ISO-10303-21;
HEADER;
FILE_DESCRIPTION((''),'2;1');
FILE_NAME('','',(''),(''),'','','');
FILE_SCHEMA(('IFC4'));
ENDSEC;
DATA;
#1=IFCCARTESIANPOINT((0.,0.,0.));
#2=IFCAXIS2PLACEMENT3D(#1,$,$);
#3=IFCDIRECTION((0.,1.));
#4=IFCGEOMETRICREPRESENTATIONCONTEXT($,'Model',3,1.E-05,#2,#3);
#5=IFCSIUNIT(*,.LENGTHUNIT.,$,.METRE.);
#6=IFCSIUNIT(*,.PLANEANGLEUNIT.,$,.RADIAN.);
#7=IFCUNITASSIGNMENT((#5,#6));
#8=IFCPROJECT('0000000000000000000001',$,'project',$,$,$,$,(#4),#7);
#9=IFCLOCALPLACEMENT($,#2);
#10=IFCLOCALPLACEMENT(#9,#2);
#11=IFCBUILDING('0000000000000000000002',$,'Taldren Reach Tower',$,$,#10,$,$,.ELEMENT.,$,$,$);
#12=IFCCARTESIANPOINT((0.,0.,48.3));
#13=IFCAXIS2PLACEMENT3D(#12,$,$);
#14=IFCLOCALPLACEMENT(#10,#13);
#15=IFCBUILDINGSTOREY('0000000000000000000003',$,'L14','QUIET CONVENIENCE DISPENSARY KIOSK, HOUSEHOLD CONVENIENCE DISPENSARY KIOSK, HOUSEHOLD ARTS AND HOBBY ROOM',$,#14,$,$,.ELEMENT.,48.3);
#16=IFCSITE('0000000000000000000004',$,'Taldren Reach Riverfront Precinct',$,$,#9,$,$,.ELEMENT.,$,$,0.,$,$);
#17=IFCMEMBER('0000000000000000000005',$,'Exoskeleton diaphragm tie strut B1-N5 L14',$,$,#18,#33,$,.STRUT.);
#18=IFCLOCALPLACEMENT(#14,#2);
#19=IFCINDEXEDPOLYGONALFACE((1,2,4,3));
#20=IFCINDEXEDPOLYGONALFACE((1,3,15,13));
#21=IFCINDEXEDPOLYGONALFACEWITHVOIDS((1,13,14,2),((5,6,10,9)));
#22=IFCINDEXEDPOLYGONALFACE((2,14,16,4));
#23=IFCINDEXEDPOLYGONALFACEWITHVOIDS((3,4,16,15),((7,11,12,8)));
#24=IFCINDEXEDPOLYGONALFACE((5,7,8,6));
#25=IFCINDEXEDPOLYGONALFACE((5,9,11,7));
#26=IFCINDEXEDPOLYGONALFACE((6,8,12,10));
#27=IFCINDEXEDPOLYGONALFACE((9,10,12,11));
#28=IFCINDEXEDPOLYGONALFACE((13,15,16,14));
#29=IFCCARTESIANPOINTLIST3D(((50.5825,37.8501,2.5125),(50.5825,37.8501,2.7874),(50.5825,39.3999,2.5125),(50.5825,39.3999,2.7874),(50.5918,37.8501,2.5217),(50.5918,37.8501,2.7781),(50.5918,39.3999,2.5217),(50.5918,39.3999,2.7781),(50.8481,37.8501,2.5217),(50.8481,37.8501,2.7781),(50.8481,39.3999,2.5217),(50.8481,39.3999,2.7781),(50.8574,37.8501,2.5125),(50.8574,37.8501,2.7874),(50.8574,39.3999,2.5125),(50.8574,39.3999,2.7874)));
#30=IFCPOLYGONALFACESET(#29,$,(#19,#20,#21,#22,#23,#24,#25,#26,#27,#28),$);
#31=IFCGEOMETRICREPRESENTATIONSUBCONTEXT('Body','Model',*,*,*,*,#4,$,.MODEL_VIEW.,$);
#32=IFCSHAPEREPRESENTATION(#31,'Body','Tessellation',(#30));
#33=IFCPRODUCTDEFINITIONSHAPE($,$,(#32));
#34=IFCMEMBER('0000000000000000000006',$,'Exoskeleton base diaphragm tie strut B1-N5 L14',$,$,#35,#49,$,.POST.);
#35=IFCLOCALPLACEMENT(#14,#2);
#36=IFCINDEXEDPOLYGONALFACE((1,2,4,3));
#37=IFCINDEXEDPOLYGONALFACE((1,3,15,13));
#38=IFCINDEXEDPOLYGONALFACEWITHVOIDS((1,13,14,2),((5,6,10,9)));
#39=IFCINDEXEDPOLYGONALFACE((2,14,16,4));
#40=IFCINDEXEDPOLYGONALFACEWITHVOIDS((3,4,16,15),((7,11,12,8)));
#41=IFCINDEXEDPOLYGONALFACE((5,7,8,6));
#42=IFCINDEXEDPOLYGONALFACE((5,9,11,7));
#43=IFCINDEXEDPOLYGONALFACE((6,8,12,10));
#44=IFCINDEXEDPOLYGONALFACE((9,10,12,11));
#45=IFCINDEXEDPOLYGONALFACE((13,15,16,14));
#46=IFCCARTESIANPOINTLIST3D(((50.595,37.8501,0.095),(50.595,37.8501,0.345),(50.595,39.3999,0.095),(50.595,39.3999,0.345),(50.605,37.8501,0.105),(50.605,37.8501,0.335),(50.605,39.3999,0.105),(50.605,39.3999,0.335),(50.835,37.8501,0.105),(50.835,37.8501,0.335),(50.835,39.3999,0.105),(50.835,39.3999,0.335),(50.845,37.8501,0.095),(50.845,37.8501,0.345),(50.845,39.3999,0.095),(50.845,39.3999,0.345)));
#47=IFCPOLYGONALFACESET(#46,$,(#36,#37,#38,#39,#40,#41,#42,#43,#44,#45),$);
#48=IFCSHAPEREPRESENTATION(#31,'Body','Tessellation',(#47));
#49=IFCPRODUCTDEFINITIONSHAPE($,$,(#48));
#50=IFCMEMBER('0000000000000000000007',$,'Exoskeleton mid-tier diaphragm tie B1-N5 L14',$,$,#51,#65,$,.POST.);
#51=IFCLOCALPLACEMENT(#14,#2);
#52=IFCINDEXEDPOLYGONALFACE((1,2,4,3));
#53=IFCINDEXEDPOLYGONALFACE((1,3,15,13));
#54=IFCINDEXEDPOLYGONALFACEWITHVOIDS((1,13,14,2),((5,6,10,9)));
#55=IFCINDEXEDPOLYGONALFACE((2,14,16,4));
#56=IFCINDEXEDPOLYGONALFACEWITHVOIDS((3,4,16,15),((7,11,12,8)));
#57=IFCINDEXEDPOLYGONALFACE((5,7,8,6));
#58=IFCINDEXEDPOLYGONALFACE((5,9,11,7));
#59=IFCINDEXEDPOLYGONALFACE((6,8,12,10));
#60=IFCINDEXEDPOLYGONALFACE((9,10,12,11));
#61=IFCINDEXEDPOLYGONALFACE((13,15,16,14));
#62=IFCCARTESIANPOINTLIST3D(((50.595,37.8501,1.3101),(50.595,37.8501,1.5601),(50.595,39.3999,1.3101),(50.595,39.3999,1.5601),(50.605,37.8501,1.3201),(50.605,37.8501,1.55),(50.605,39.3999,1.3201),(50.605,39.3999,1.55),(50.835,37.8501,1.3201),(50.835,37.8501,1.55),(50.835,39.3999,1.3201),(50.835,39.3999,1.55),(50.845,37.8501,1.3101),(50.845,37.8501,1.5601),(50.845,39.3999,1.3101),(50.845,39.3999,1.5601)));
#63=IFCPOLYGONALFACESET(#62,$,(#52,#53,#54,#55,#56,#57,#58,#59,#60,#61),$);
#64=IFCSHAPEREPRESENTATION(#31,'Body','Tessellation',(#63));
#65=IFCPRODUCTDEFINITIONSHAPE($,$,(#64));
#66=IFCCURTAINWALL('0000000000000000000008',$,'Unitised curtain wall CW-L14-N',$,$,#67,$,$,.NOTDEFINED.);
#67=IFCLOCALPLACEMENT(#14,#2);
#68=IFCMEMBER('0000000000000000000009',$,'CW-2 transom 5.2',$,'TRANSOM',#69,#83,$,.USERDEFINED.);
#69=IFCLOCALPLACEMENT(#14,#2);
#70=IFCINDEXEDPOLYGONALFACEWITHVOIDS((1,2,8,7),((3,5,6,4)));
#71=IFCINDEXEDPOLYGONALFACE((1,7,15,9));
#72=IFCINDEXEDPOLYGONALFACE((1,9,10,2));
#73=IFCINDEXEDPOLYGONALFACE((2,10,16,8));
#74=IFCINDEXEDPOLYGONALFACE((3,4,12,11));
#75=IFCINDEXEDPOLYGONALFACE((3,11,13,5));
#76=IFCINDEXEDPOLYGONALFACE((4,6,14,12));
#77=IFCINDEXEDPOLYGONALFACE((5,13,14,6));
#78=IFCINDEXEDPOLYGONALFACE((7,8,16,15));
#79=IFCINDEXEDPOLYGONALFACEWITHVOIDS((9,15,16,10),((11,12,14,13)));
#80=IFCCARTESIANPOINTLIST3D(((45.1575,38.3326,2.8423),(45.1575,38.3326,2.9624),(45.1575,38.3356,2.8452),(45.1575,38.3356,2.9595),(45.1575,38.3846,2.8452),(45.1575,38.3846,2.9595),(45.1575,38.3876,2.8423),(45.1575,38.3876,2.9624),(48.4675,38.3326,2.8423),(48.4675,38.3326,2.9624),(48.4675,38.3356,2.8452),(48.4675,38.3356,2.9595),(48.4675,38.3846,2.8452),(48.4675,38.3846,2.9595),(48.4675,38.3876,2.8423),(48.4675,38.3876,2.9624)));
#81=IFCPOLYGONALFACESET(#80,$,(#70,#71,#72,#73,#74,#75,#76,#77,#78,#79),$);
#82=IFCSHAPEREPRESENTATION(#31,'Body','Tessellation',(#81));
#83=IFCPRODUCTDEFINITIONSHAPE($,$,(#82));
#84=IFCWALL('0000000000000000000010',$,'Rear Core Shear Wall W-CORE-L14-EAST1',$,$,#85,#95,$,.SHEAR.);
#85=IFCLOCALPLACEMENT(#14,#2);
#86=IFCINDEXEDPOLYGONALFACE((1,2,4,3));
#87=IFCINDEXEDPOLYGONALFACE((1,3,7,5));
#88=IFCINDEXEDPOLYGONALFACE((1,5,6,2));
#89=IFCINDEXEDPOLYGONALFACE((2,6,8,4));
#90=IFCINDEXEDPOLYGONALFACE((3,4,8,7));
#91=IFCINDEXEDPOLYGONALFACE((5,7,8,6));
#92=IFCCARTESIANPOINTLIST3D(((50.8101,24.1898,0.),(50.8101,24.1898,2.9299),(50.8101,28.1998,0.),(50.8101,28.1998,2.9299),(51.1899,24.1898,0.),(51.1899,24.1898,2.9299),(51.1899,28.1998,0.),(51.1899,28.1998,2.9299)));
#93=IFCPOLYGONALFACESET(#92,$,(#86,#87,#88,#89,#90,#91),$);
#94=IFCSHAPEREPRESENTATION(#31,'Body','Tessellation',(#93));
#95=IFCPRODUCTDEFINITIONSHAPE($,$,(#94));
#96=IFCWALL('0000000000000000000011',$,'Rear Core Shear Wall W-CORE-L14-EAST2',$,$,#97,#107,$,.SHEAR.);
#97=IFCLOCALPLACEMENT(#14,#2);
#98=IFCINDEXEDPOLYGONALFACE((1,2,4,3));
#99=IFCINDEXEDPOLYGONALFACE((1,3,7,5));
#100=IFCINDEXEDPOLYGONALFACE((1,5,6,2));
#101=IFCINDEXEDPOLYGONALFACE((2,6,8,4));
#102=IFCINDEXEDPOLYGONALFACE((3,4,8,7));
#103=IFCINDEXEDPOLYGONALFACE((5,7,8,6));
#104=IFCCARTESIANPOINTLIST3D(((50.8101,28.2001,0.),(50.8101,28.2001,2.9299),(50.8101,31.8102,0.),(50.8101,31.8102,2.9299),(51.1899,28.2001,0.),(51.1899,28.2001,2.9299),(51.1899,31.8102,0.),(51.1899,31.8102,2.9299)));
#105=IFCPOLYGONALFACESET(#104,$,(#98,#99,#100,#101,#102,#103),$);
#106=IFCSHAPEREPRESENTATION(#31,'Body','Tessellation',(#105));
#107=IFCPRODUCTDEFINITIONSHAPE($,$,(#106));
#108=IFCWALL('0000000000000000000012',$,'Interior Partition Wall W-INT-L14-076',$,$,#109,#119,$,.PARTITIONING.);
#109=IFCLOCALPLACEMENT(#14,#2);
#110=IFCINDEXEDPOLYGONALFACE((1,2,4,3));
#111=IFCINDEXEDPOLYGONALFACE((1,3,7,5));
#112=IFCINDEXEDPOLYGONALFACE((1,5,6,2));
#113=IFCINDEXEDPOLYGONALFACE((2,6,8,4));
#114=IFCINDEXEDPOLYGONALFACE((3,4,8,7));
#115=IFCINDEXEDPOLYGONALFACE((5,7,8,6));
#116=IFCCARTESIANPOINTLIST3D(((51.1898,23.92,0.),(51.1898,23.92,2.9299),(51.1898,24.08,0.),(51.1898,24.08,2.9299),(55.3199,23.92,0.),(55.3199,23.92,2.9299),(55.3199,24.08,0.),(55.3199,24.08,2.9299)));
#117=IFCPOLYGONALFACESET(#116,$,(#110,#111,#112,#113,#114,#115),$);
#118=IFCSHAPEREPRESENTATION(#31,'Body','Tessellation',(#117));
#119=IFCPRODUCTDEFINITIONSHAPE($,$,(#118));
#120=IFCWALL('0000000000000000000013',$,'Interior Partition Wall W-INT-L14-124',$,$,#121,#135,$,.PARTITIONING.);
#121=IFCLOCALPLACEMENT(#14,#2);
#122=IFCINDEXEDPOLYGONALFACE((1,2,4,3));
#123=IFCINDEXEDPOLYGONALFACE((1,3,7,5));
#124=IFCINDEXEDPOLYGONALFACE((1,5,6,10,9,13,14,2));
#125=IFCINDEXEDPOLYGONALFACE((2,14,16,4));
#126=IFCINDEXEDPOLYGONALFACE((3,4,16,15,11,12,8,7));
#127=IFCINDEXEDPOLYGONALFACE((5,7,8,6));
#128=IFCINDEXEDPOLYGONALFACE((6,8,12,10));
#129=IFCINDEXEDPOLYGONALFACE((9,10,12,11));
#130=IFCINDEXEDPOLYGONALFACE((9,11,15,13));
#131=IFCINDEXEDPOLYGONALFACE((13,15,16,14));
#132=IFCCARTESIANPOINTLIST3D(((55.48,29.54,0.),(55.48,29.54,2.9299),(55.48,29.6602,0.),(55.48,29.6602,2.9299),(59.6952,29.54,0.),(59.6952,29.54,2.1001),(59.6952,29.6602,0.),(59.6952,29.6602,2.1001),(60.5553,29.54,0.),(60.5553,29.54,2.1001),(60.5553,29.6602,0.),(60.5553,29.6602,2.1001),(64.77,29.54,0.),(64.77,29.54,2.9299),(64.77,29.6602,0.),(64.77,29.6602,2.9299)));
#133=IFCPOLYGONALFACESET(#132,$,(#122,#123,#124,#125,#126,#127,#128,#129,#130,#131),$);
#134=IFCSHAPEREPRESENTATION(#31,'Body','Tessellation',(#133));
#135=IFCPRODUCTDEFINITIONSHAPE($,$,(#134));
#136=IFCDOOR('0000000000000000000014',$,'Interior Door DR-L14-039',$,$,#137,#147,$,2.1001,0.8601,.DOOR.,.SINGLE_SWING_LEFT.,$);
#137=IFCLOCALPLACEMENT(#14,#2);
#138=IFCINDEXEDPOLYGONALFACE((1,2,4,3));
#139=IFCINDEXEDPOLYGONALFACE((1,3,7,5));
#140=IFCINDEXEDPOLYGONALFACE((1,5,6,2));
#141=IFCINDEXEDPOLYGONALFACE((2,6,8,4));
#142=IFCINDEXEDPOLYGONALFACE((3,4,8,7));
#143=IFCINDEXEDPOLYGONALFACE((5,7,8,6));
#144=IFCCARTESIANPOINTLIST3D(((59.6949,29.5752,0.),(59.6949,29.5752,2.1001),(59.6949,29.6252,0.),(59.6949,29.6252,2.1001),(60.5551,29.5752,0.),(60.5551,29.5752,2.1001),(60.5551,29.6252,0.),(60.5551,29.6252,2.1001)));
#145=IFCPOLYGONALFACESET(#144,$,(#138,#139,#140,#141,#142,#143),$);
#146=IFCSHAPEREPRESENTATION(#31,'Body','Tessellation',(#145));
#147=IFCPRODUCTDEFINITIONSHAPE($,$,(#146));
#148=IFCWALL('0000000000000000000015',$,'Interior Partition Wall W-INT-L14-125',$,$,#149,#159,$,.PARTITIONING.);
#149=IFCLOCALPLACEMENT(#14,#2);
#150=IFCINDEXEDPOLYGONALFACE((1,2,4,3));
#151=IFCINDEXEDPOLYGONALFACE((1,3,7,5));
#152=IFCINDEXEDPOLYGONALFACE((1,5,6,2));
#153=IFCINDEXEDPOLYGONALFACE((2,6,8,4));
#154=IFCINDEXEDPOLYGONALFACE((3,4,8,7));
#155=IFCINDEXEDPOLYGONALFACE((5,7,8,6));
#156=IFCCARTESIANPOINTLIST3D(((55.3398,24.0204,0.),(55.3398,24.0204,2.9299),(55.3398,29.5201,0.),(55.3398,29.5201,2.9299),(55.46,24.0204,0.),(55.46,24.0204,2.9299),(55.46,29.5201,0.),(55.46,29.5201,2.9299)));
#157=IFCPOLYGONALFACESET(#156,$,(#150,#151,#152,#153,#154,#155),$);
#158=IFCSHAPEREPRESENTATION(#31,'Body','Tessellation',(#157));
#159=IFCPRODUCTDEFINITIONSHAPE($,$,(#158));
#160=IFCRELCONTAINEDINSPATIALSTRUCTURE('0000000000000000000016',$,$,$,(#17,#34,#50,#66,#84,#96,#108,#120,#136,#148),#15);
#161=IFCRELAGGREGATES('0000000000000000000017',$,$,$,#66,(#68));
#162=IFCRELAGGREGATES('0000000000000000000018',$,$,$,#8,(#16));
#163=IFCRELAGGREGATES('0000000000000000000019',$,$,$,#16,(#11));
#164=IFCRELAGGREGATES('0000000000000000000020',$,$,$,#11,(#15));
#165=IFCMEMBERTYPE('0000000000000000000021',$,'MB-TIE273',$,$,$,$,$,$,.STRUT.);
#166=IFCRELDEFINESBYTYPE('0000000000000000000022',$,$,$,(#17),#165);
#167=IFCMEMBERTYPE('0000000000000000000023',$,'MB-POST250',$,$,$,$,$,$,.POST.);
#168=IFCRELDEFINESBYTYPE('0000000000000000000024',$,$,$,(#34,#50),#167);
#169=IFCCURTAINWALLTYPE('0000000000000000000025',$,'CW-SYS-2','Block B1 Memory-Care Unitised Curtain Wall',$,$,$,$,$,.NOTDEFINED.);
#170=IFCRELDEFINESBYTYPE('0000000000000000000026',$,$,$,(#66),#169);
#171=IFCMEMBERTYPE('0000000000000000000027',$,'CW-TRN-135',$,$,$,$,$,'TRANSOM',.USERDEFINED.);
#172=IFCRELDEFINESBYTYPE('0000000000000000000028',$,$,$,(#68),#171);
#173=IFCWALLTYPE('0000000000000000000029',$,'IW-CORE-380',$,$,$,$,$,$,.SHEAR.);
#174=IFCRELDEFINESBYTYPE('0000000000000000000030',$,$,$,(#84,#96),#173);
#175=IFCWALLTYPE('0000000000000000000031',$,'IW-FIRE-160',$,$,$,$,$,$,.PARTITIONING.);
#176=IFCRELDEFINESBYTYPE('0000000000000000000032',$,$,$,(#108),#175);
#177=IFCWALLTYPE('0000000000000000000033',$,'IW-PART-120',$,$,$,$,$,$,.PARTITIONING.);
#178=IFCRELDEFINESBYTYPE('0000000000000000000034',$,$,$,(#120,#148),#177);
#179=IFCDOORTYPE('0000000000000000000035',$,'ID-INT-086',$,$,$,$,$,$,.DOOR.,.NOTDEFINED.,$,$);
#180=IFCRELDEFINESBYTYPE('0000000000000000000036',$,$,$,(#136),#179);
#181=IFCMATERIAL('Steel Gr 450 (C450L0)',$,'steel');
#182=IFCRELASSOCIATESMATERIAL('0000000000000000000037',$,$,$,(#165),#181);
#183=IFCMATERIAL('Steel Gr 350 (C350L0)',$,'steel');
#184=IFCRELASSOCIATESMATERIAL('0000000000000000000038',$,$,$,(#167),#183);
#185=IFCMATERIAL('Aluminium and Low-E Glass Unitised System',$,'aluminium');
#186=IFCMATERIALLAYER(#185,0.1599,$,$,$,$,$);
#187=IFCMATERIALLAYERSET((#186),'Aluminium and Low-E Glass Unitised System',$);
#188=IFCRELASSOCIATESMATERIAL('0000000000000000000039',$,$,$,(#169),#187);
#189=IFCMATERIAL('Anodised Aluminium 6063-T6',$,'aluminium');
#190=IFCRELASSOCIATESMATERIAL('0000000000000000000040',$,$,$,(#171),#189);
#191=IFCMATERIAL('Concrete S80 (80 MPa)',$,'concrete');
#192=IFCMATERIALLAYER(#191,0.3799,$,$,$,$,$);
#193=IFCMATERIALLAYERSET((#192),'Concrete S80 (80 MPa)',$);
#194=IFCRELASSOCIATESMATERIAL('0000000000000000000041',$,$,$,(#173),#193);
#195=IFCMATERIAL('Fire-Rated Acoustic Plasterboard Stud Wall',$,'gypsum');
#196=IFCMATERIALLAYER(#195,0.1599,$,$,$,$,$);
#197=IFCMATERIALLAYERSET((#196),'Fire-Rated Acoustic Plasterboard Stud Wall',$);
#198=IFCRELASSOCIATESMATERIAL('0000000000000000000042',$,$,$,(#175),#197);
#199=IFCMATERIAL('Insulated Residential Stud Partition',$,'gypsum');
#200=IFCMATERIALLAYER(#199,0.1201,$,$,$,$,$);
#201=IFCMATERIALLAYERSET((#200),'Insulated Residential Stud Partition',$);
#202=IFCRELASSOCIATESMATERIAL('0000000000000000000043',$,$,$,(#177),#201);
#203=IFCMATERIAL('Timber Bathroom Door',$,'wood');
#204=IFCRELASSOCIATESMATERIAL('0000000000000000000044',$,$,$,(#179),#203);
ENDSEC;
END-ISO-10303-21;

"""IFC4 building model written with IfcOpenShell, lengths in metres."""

from ifc_helpers import new_model, si_unit, direction, frame, frame_2d, origin, origin_2d, place, context, subcontext, project, spatial, rectangle, hollow_rectangle, extrude, source, transform, mapped, material, layer, layer_set, material_profile, profile_set, type_object, element, fill, aggregate, save


model = new_model("IFC4")

# Units and contexts
model_context = context("Model", 3, precision=1e-05, world=origin(), true_north=direction((0.0, 1.0)))
body_context = subcontext(model_context, "Body", "Model", "MODEL_VIEW")
ifc_project = project(units=[si_unit("LENGTHUNIT", "METRE"), si_unit("PLANEANGLEUNIT", "RADIAN")], contexts=[model_context])

# Site, building, storey
site_placement = place(None, origin())
site = spatial("IfcSite", under=ifc_project, at=site_placement, Name="Taldren Reach Riverfront Precinct", CompositionType="ELEMENT", RefElevation=0.0)
building_placement = place(site_placement, origin())
building = spatial("IfcBuilding", under=site, at=building_placement, Name="Taldren Reach Tower", CompositionType="ELEMENT")
storey_placement = place(building_placement, frame((0.0, 0.0, 48.3)))
storey = spatial("IfcBuildingStorey", under=building, at=storey_placement, Name="L14", Description="QUIET CONVENIENCE DISPENSARY KIOSK, HOUSEHOLD CONVENIENCE DISPENSARY KIOSK, HOUSEHOLD ARTS AND HOBBY ROOM", CompositionType="ELEMENT", Elevation=48.3)

# Members
ifc_material_1 = material(Name="Steel Gr 450 (C450L0)", Category="steel")
ifc_material_profile_1 = material_profile(ifc_material_1, hollow_rectangle(XDim=0.2749, YDim=0.2749, WallThickness=0.0093, at=origin_2d()), Name="275x275x9.3SHS")
ifc_profile_set_1 = profile_set([ifc_material_profile_1], Name="Steel Gr 450 (C450L0)")
member_type_1 = type_object("IfcMemberType", Name="MB-TIE273", PredefinedType="STRUT", material=ifc_profile_set_1)
shared_shape_1 = source(origin(), body_context, "Body", "SweptSolid", [
    extrude(hollow_rectangle(XDim=0.2749, YDim=0.2749, WallThickness=0.0093, at=origin_2d()), origin(), (0.0, 0.0, 1.0), 1.5498),
])
member_1_placement = place(storey_placement, frame((50.72, 37.8501, 2.6499), z_axis=(0.0, 1.0, 0.0), x_axis=(-1.0, 0.0, 0.0)))
element("IfcMember", 1, at=member_1_placement, inside=storey, type_object=member_type_1, Name="Exoskeleton diaphragm tie strut B1-N5 L14", PredefinedType="STRUT", context=body_context, shape_type="MappedRepresentation", body=[
    mapped(shared_shape_1, transform((0.0, 0.0, 0.0), scale=1.0)),
])
ifc_material_2 = material(Name="Steel Gr 350 (C350L0)", Category="steel")
ifc_material_profile_2 = material_profile(ifc_material_2, hollow_rectangle(XDim=0.25, YDim=0.25, WallThickness=0.01, at=origin_2d()), Name="250x250x10.0SHS")
ifc_profile_set_2 = profile_set([ifc_material_profile_2], Name="Steel Gr 350 (C350L0)")
member_type_2 = type_object("IfcMemberType", Name="MB-POST250", PredefinedType="POST", material=ifc_profile_set_2)
shared_shape_2 = source(origin(), body_context, "Body", "SweptSolid", [
    extrude(hollow_rectangle(XDim=0.25, YDim=0.25, WallThickness=0.01, at=origin_2d()), origin(), (0.0, 0.0, 1.0), 1.5498),
])
for number, where, z_axis, x_axis, name in (
    (2, (50.72, 37.8501, 0.22), (0.0, 1.0, 0.0), (-1.0, 0.0, 0.0), "Exoskeleton base diaphragm tie strut B1-N5 L14"),
    (3, (50.72, 37.8501, 1.4351), (0.0, 1.0, 0.0), (-1.0, 0.0, 0.0), "Exoskeleton mid-tier diaphragm tie B1-N5 L14"),
):
    element("IfcMember", number, at=place(storey_placement, frame(where, z_axis=z_axis, x_axis=x_axis)), inside=storey, type_object=member_type_2, Name=name, PredefinedType="POST", context=body_context, shape_type="MappedRepresentation", body=[
        mapped(shared_shape_2, transform((0.0, 0.0, 0.0), scale=1.0)),
    ])

# Curtain wall, member
ifc_material_3 = material(Name="Aluminium and Low-E Glass Unitised System", Category="aluminium")
ifc_layer_1 = layer(ifc_material_3, 0.1599)
ifc_layer_set_1 = layer_set([ifc_layer_1], Name="Aluminium and Low-E Glass Unitised System")
curtain_wall_type = type_object("IfcCurtainWallType", Name="CW-SYS-2", Description="Block B1 Memory-Care Unitised Curtain Wall", PredefinedType="NOTDEFINED", material=ifc_layer_set_1)
curtain_wall_placement = place(storey_placement, origin())
curtain_wall = element("IfcCurtainWall", 4, at=curtain_wall_placement, inside=storey, type_object=curtain_wall_type, Name="Unitised curtain wall CW-L14-N", PredefinedType="NOTDEFINED")
ifc_material_4 = material(Name="Anodised Aluminium 6063-T6", Category="aluminium")
ifc_material_profile_3 = material_profile(ifc_material_4, hollow_rectangle(XDim=0.0549, YDim=0.1201, WallThickness=0.0029, at=origin_2d()), Name="ALU-120x55x3RHS")
ifc_profile_set_3 = profile_set([ifc_material_profile_3], Name="Anodised Aluminium 6063-T6")
member_type_3 = type_object("IfcMemberType", Name="CW-TRN-135", ElementType="TRANSOM", PredefinedType="USERDEFINED", material=ifc_profile_set_3)
shared_shape_3 = source(origin(), body_context, "Body", "SweptSolid", [
    extrude(hollow_rectangle(XDim=0.0549, YDim=0.1201, WallThickness=0.0029, at=origin_2d()), origin(), (0.0, 0.0, 1.0), 3.3101),
])
member_2_placement = place(storey_placement, frame((48.4675, 38.3601, 2.9023), z_axis=(-1.0, 0.0, 0.0), x_axis=(0.0, -1.0, 0.0)))
member_2 = element("IfcMember", 5, at=member_2_placement, type_object=member_type_3, Name="CW-2 transom 5.2", ObjectType="TRANSOM", PredefinedType="USERDEFINED", context=body_context, shape_type="MappedRepresentation", body=[
    mapped(shared_shape_3, transform((0.0, 0.0, 0.0), scale=1.0)),
])
aggregate(curtain_wall, [member_2])

# Walls
ifc_material_5 = material(Name="Concrete S80 (80 MPa)", Category="concrete")
ifc_layer_2 = layer(ifc_material_5, 0.3799)
ifc_layer_set_2 = layer_set([ifc_layer_2], Name="Concrete S80 (80 MPa)")
wall_type_1 = type_object("IfcWallType", Name="IW-CORE-380", PredefinedType="SHEAR", material=ifc_layer_set_2)
shared_shape_4 = source(origin(), body_context, "Body", "SweptSolid", [
    extrude(rectangle(XDim=4.01, YDim=0.3799, at=frame_2d((2.0049, 0.0))), origin(), (0.0, 0.0, 1.0), 2.9299),
])
wall_1_placement = place(storey_placement, frame((51.0, 24.1899, 0.0), z_axis=(0.0, 0.0, 1.0), x_axis=(0.0, 1.0, 0.0)))
element("IfcWall", 6, at=wall_1_placement, inside=storey, type_object=wall_type_1, Name="Rear Core Shear Wall W-CORE-L14-EAST1", PredefinedType="SHEAR", context=body_context, shape_type="MappedRepresentation", body=[
    mapped(shared_shape_4, transform((0.0, 0.0, 0.0), scale=1.0)),
])
shared_shape_5 = source(origin(), body_context, "Body", "SweptSolid", [
    extrude(rectangle(XDim=3.6101, YDim=0.3799, at=frame_2d((1.8052, 0.0))), origin(), (0.0, 0.0, 1.0), 2.9299),
])
wall_2_placement = place(storey_placement, frame((51.0, 28.2, 0.0), z_axis=(0.0, 0.0, 1.0), x_axis=(0.0, 1.0, 0.0)))
element("IfcWall", 7, at=wall_2_placement, inside=storey, type_object=wall_type_1, Name="Rear Core Shear Wall W-CORE-L14-EAST2", PredefinedType="SHEAR", context=body_context, shape_type="MappedRepresentation", body=[
    mapped(shared_shape_5, transform((0.0, 0.0, 0.0), scale=1.0)),
])
ifc_material_6 = material(Name="Fire-Rated Acoustic Plasterboard Stud Wall", Category="gypsum")
ifc_layer_3 = layer(ifc_material_6, 0.1599)
ifc_layer_set_3 = layer_set([ifc_layer_3], Name="Fire-Rated Acoustic Plasterboard Stud Wall")
wall_type_2 = type_object("IfcWallType", Name="IW-FIRE-160", PredefinedType="PARTITIONING", material=ifc_layer_set_3)
shared_shape_6 = source(origin(), body_context, "Body", "SweptSolid", [
    extrude(rectangle(XDim=4.1301, YDim=0.1599, at=frame_2d((2.0649, 0.0))), origin(), (0.0, 0.0, 1.0), 2.9299),
])
wall_3_placement = place(storey_placement, frame((51.1899, 24.0, 0.0), z_axis=(0.0, 0.0, 1.0), x_axis=(1.0, 0.0, 0.0)))
element("IfcWall", 8, at=wall_3_placement, inside=storey, type_object=wall_type_2, Name="Interior Partition Wall W-INT-L14-076", PredefinedType="PARTITIONING", context=body_context, shape_type="MappedRepresentation", body=[
    mapped(shared_shape_6, transform((0.0, 0.0, 0.0), scale=1.0)),
])

# Wall, opening, door
ifc_material_7 = material(Name="Insulated Residential Stud Partition", Category="gypsum")
ifc_layer_4 = layer(ifc_material_7, 0.1201)
ifc_layer_set_4 = layer_set([ifc_layer_4], Name="Insulated Residential Stud Partition")
wall_type_3 = type_object("IfcWallType", Name="IW-PART-120", PredefinedType="PARTITIONING", material=ifc_layer_set_4)
shared_shape_7 = source(origin(), body_context, "Body", "SweptSolid", [
    extrude(rectangle(XDim=9.29, YDim=0.1201, at=frame_2d((4.645, 0.0))), origin(), (0.0, 0.0, 1.0), 2.9299),
])
wall_4_placement = place(storey_placement, frame((55.48, 29.6001, 0.0), z_axis=(0.0, 0.0, 1.0), x_axis=(1.0, 0.0, 0.0)))
wall_4 = element("IfcWall", 9, at=wall_4_placement, inside=storey, type_object=wall_type_3, Name="Interior Partition Wall W-INT-L14-124", PredefinedType="PARTITIONING", context=body_context, shape_type="MappedRepresentation", body=[
    mapped(shared_shape_7, transform((0.0, 0.0, 0.0), scale=1.0)),
])
shared_shape_8 = source(origin(), body_context, "Body", "SweptSolid", [
    extrude(rectangle(XDim=0.8601, YDim=2.1001, at=frame_2d((0.4302, 1.05))), frame((0.0, 0.0701, 0.0), z_axis=(0.0, -1.0, 0.0), x_axis=(1.0, 0.0, 0.0)), (0.0, 0.0, 1.0), 0.1401),
])
opening_placement = place(wall_4_placement, frame((4.2151, 0.0, 0.0)))
opening = element("IfcOpeningElement", 10, at=opening_placement, cuts=wall_4, PredefinedType="OPENING", context=body_context, shape_type="MappedRepresentation", body=[
    mapped(shared_shape_8, transform((0.0, 0.0, 0.0), scale=1.0)),
])
ifc_material_8 = material(Name="Timber Bathroom Door", Category="wood")
door_type = type_object("IfcDoorType", Name="ID-INT-086", OperationType="NOTDEFINED", PredefinedType="DOOR", material=ifc_material_8)
shared_shape_9 = source(origin(), body_context, "Body", "SweptSolid", [
    extrude(rectangle(XDim=0.8601, YDim=2.1001, at=frame_2d((0.4302, 1.05))), frame((0.0, 0.0249, 0.0), z_axis=(0.0, -1.0, 0.0), x_axis=(1.0, 0.0, 0.0)), (0.0, 0.0, 1.0), 0.05),
])
door_placement = place(opening_placement, frame((0.8601, 0.0, 0.0), z_axis=(0.0, 0.0, 1.0), x_axis=(-1.0, 0.0, 0.0)))
door = element("IfcDoor", 11, at=door_placement, inside=storey, type_object=door_type, Name="Interior Door DR-L14-039", OperationType="SINGLE_SWING_LEFT", OverallHeight=2.1001, OverallWidth=0.8601, PredefinedType="DOOR", context=body_context, shape_type="MappedRepresentation", body=[
    mapped(shared_shape_9, transform((0.0, 0.0, 0.0), scale=1.0)),
])
fill(opening, door)

# Wall
shared_shape_10 = source(origin(), body_context, "Body", "SweptSolid", [
    extrude(rectangle(XDim=5.4998, YDim=0.1201, at=frame_2d((2.75, 0.0))), origin(), (0.0, 0.0, 1.0), 2.9299),
])
wall_5_placement = place(storey_placement, frame((55.3999, 24.0203, 0.0), z_axis=(0.0, 0.0, 1.0), x_axis=(0.0, 1.0, 0.0)))
element("IfcWall", 12, at=wall_5_placement, inside=storey, type_object=wall_type_3, Name="Interior Partition Wall W-INT-L14-125", PredefinedType="PARTITIONING", context=body_context, shape_type="MappedRepresentation", body=[
    mapped(shared_shape_10, transform((0.0, 0.0, 0.0), scale=1.0)),
])

save(model, "model.ifc")
